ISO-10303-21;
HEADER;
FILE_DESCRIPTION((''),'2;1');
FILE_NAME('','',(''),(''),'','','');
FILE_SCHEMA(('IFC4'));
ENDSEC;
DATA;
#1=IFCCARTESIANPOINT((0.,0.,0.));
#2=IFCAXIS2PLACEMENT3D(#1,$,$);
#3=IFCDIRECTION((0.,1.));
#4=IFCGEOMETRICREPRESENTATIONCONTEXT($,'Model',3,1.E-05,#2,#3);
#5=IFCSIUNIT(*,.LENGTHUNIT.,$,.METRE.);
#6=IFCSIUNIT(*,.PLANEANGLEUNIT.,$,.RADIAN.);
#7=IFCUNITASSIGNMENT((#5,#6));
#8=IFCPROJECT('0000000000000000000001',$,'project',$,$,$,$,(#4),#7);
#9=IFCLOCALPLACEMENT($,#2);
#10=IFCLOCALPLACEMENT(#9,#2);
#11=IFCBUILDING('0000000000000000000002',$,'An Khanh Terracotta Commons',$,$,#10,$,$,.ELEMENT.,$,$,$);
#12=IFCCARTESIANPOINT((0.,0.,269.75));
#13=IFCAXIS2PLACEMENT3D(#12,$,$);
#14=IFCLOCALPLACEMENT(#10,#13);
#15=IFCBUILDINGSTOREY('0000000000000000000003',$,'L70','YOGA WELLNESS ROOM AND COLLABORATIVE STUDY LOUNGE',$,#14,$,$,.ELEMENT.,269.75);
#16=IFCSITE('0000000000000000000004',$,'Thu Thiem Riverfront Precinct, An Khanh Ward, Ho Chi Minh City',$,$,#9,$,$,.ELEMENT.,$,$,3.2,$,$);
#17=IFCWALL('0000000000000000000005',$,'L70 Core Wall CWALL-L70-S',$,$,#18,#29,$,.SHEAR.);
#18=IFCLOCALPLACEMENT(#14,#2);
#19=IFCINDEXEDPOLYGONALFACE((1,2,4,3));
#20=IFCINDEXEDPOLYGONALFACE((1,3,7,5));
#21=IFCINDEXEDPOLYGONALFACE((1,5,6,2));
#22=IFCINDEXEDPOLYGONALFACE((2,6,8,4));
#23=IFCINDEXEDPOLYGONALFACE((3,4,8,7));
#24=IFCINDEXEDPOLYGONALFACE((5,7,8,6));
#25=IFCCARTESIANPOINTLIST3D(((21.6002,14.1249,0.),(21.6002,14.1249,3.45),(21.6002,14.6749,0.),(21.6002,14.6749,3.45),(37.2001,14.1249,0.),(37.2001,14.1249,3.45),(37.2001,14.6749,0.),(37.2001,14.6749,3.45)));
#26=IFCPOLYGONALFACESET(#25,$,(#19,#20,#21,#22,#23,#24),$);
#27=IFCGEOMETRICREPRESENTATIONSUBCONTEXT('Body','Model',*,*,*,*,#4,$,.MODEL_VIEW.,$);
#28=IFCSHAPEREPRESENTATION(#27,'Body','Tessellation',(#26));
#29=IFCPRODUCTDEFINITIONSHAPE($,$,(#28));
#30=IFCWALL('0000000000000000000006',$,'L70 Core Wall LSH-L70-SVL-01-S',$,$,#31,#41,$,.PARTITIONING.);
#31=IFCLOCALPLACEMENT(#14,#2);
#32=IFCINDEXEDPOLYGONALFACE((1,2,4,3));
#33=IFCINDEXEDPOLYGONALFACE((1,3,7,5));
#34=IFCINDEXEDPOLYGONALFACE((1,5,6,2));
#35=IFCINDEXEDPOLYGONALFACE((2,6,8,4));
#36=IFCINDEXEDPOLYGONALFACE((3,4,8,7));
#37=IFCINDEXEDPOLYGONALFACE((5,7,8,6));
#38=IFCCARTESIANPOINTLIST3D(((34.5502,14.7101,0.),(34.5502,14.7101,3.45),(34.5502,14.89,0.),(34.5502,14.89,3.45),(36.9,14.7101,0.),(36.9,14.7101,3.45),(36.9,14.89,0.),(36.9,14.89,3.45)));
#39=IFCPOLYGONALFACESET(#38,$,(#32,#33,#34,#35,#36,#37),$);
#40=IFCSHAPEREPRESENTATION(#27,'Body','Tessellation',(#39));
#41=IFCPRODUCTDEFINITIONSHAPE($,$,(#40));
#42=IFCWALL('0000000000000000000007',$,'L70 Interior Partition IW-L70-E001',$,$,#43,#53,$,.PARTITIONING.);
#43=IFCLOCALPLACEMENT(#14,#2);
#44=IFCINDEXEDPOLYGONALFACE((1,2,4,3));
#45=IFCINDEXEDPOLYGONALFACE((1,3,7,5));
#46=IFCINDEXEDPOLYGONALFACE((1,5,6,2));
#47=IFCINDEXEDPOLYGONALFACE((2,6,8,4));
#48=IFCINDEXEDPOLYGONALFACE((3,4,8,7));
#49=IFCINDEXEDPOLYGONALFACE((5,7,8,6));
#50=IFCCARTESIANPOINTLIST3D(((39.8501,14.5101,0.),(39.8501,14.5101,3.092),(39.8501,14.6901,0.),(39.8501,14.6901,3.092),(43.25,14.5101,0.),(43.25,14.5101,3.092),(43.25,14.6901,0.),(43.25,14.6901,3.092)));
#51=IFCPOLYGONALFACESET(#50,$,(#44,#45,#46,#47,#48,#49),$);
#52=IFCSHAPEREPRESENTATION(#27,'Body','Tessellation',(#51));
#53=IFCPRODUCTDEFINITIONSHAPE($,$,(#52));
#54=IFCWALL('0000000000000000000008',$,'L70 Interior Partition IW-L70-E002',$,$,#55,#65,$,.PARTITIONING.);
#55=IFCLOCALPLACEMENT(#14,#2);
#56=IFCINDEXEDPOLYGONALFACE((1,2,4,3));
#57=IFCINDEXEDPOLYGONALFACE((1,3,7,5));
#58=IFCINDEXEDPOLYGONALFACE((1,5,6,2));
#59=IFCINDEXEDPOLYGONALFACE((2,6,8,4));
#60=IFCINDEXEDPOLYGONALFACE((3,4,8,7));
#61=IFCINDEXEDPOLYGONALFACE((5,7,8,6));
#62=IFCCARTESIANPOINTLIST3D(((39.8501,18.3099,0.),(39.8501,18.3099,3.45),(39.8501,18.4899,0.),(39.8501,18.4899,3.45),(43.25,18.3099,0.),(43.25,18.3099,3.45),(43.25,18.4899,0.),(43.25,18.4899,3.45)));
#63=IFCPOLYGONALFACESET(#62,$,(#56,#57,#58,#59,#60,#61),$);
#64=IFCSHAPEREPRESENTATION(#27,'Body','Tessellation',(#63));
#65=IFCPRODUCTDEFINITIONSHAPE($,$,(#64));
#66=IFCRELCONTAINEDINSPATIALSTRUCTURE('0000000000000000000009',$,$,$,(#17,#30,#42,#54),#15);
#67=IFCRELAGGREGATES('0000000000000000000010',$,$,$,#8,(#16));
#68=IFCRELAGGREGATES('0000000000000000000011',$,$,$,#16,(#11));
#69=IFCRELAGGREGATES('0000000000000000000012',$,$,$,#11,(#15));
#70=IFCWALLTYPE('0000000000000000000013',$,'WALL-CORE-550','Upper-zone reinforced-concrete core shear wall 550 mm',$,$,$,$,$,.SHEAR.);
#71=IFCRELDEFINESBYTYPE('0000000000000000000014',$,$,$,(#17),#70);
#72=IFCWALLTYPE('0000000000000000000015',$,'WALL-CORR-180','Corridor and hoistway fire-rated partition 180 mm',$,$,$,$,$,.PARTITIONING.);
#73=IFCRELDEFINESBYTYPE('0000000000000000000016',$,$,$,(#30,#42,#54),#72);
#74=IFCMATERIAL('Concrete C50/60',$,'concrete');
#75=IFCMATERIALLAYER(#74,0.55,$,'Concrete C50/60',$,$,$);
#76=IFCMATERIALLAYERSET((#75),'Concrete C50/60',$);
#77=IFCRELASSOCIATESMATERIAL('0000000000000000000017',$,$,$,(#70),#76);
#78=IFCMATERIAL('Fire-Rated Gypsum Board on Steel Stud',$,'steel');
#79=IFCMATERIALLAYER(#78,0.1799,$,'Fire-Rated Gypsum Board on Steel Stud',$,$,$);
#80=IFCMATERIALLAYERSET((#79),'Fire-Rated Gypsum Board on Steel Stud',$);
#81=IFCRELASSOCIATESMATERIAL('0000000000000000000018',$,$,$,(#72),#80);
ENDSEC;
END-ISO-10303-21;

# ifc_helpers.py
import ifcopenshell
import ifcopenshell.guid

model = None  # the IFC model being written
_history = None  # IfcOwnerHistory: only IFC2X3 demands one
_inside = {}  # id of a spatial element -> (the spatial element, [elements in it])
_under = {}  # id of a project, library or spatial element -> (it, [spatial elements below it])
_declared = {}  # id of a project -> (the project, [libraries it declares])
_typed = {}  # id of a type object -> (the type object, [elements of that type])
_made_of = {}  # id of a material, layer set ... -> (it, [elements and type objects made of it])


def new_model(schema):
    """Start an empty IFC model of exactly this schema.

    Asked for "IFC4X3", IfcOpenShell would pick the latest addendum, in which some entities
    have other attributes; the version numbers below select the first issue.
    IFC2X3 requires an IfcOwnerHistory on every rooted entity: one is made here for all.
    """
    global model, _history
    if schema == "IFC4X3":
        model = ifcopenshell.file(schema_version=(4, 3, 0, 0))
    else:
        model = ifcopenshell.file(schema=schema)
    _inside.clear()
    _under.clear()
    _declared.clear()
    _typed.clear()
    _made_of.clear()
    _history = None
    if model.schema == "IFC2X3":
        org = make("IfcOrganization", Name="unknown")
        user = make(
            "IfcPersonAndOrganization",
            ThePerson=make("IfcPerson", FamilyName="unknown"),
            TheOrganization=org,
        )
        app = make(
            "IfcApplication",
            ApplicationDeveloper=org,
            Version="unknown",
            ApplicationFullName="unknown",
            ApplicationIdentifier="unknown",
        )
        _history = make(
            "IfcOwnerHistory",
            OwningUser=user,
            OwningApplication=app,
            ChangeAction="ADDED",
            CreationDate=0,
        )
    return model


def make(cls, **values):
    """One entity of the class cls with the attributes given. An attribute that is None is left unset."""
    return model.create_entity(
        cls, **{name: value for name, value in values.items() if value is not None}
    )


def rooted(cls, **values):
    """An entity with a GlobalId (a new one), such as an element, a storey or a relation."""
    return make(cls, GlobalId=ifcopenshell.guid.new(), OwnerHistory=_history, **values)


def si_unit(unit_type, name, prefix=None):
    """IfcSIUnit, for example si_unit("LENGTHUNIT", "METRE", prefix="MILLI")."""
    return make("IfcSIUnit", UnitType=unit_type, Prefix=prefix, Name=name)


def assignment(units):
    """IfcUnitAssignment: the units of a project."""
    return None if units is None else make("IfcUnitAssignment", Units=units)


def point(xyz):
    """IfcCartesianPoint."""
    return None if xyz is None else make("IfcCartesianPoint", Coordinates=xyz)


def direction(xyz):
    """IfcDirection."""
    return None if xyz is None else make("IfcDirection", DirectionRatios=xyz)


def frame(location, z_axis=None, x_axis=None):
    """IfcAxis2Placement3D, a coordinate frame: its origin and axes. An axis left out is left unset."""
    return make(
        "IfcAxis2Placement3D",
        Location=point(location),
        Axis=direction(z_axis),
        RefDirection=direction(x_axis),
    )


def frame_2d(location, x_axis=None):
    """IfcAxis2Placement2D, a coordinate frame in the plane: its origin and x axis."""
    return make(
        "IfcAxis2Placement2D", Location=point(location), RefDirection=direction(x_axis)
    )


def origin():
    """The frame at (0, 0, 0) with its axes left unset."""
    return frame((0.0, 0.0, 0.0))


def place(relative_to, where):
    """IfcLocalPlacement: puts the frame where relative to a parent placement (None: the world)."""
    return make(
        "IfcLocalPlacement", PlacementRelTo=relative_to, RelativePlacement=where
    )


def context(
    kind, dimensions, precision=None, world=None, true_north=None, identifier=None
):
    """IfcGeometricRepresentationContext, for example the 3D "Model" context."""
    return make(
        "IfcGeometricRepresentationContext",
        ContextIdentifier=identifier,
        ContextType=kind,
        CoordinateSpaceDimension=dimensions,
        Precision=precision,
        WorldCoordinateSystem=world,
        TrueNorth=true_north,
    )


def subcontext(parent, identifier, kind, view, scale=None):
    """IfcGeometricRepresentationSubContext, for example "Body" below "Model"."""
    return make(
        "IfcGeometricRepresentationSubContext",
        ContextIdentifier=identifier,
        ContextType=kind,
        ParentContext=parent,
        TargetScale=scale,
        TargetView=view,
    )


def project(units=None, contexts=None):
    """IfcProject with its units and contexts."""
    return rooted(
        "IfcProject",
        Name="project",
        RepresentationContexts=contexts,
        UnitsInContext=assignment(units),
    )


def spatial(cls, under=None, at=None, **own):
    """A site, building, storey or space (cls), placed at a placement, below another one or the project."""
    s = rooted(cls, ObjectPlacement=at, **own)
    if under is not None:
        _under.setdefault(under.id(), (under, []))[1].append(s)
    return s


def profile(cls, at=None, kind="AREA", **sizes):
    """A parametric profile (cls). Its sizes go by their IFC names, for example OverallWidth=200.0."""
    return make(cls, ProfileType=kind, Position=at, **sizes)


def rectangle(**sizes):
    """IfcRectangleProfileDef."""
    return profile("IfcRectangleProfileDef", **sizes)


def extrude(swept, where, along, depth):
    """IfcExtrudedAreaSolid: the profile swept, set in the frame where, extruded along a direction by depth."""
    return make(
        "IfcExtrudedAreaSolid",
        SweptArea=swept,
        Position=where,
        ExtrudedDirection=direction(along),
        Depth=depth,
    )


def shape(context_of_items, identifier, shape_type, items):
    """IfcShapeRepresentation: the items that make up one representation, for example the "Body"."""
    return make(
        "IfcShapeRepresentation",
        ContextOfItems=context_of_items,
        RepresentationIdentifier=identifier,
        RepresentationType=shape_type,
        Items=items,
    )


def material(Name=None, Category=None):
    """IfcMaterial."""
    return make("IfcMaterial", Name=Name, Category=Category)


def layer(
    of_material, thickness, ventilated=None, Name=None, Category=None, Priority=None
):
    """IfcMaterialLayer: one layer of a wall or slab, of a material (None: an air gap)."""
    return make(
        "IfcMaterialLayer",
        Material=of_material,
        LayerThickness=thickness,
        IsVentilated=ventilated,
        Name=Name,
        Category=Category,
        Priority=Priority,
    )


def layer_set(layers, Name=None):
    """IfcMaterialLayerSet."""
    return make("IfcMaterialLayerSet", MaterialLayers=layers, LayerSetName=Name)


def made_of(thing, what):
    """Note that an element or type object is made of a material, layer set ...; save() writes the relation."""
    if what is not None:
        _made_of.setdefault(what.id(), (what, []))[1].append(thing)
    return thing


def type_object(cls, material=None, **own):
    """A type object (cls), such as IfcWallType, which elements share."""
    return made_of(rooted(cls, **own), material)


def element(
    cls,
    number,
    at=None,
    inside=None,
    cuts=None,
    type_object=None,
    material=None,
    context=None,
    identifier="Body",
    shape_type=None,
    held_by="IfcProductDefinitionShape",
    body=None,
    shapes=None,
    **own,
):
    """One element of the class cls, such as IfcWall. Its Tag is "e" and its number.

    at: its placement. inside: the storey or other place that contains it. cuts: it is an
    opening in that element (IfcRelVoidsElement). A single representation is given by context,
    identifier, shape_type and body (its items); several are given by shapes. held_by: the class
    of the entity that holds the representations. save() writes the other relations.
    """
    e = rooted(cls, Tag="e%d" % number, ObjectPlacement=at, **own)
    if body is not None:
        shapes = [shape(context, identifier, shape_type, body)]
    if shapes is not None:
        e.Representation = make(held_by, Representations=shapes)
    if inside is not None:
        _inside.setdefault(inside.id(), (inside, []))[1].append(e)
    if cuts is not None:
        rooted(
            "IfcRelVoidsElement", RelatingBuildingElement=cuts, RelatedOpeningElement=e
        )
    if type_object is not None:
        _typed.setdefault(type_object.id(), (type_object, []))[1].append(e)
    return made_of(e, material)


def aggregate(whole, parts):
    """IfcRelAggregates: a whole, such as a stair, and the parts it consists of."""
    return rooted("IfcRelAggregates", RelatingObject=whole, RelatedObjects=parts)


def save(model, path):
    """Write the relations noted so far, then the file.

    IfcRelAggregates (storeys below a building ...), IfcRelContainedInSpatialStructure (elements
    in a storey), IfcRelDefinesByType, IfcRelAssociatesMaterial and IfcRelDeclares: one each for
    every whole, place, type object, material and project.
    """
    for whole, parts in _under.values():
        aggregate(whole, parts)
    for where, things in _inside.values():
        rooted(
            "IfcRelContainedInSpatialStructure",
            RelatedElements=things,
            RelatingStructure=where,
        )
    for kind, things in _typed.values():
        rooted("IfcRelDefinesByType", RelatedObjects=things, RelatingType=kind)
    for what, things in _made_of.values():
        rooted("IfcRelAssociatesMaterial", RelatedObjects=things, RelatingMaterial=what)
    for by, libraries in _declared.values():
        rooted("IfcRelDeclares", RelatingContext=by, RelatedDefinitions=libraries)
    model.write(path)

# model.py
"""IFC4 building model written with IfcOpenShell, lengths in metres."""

from ifc_helpers import new_model, si_unit, direction, frame, frame_2d, origin, place, context, subcontext, project, spatial, rectangle, extrude, material, layer, layer_set, type_object, element, save


model = new_model("IFC4")

# Units and contexts
model_context = context("Model", 3, precision=1e-05, world=origin(), true_north=direction((0.0, 1.0)))
body_context = subcontext(model_context, "Body", "Model", "MODEL_VIEW")
ifc_project = project(units=[si_unit("LENGTHUNIT", "METRE"), si_unit("PLANEANGLEUNIT", "RADIAN")], contexts=[model_context])

# Site, building, storey
site_placement = place(None, origin())
site = spatial("IfcSite", under=ifc_project, at=site_placement, Name="Thu Thiem Riverfront Precinct, An Khanh Ward, Ho Chi Minh City", CompositionType="ELEMENT", RefElevation=3.2)
building_placement = place(site_placement, origin())
building = spatial("IfcBuilding", under=site, at=building_placement, Name="An Khanh Terracotta Commons", CompositionType="ELEMENT")
storey_placement = place(building_placement, frame((0.0, 0.0, 269.75)))
storey = spatial("IfcBuildingStorey", under=building, at=storey_placement, Name="L70", Description="YOGA WELLNESS ROOM AND COLLABORATIVE STUDY LOUNGE", CompositionType="ELEMENT", Elevation=269.75)

# Shared definitions
ifc_material_1 = material(Name="Concrete C50/60", Category="concrete")

# Wall
ifc_layer_1 = layer(ifc_material_1, 0.55, Name="Concrete C50/60")
ifc_layer_set_1 = layer_set([ifc_layer_1], Name="Concrete C50/60")
wall_type_1 = type_object("IfcWallType", Name="WALL-CORE-550", Description="Upper-zone reinforced-concrete core shear wall 550 mm", PredefinedType="SHEAR", material=ifc_layer_set_1)
wall_1_placement = place(storey_placement, frame((37.2, 14.3999, 0.0), z_axis=(0.0, 0.0, 1.0), x_axis=(-1.0, 0.0, 0.0)))
element("IfcWall", 1, at=wall_1_placement, inside=storey, type_object=wall_type_1, Name="L70 Core Wall CWALL-L70-S", PredefinedType="SHEAR", context=body_context, shape_type="SweptSolid", body=[
    extrude(rectangle(XDim=15.5999, YDim=0.55, at=frame_2d((7.7998, 0.0))), origin(), (0.0, 0.0, 1.0), 3.45),
])

# Walls
ifc_material_2 = material(Name="Fire-Rated Gypsum Board on Steel Stud", Category="steel")
ifc_layer_2 = layer(ifc_material_2, 0.1799, Name="Fire-Rated Gypsum Board on Steel Stud")
ifc_layer_set_2 = layer_set([ifc_layer_2], Name="Fire-Rated Gypsum Board on Steel Stud")
wall_type_2 = type_object("IfcWallType", Name="WALL-CORR-180", Description="Corridor and hoistway fire-rated partition 180 mm", PredefinedType="PARTITIONING", material=ifc_layer_set_2)
wall_2_placement = place(storey_placement, frame((36.8999, 14.8, 0.0), z_axis=(0.0, 0.0, 1.0), x_axis=(-1.0, 0.0, 0.0)))
element("IfcWall", 2, at=wall_2_placement, inside=storey, type_object=wall_type_2, Name="L70 Core Wall LSH-L70-SVL-01-S", PredefinedType="PARTITIONING", context=body_context, shape_type="SweptSolid", body=[
    extrude(rectangle(XDim=2.3499, YDim=0.1799, at=frame_2d((1.1748, 0.0))), origin(), (0.0, 0.0, 1.0), 3.45),
])
wall_3_placement = place(storey_placement, frame((39.8501, 14.6001, 0.0), z_axis=(0.0, 0.0, 1.0), x_axis=(1.0, 0.0, 0.0)))
element("IfcWall", 3, at=wall_3_placement, inside=storey, type_object=wall_type_2, Name="L70 Interior Partition IW-L70-E001", PredefinedType="PARTITIONING", context=body_context, shape_type="SweptSolid", body=[
    extrude(rectangle(XDim=3.3999, YDim=0.1799, at=frame_2d((1.7, 0.0))), origin(), (0.0, 0.0, 1.0), 3.092),
])
wall_4_placement = place(storey_placement, frame((39.8501, 18.3999, 0.0), z_axis=(0.0, 0.0, 1.0), x_axis=(1.0, 0.0, 0.0)))
element("IfcWall", 4, at=wall_4_placement, inside=storey, type_object=wall_type_2, Name="L70 Interior Partition IW-L70-E002", PredefinedType="PARTITIONING", context=body_context, shape_type="SweptSolid", body=[
    extrude(rectangle(XDim=3.3999, YDim=0.1799, at=frame_2d((1.7, 0.0))), origin(), (0.0, 0.0, 1.0), 3.45),
])

save(model, "model.ifc")
